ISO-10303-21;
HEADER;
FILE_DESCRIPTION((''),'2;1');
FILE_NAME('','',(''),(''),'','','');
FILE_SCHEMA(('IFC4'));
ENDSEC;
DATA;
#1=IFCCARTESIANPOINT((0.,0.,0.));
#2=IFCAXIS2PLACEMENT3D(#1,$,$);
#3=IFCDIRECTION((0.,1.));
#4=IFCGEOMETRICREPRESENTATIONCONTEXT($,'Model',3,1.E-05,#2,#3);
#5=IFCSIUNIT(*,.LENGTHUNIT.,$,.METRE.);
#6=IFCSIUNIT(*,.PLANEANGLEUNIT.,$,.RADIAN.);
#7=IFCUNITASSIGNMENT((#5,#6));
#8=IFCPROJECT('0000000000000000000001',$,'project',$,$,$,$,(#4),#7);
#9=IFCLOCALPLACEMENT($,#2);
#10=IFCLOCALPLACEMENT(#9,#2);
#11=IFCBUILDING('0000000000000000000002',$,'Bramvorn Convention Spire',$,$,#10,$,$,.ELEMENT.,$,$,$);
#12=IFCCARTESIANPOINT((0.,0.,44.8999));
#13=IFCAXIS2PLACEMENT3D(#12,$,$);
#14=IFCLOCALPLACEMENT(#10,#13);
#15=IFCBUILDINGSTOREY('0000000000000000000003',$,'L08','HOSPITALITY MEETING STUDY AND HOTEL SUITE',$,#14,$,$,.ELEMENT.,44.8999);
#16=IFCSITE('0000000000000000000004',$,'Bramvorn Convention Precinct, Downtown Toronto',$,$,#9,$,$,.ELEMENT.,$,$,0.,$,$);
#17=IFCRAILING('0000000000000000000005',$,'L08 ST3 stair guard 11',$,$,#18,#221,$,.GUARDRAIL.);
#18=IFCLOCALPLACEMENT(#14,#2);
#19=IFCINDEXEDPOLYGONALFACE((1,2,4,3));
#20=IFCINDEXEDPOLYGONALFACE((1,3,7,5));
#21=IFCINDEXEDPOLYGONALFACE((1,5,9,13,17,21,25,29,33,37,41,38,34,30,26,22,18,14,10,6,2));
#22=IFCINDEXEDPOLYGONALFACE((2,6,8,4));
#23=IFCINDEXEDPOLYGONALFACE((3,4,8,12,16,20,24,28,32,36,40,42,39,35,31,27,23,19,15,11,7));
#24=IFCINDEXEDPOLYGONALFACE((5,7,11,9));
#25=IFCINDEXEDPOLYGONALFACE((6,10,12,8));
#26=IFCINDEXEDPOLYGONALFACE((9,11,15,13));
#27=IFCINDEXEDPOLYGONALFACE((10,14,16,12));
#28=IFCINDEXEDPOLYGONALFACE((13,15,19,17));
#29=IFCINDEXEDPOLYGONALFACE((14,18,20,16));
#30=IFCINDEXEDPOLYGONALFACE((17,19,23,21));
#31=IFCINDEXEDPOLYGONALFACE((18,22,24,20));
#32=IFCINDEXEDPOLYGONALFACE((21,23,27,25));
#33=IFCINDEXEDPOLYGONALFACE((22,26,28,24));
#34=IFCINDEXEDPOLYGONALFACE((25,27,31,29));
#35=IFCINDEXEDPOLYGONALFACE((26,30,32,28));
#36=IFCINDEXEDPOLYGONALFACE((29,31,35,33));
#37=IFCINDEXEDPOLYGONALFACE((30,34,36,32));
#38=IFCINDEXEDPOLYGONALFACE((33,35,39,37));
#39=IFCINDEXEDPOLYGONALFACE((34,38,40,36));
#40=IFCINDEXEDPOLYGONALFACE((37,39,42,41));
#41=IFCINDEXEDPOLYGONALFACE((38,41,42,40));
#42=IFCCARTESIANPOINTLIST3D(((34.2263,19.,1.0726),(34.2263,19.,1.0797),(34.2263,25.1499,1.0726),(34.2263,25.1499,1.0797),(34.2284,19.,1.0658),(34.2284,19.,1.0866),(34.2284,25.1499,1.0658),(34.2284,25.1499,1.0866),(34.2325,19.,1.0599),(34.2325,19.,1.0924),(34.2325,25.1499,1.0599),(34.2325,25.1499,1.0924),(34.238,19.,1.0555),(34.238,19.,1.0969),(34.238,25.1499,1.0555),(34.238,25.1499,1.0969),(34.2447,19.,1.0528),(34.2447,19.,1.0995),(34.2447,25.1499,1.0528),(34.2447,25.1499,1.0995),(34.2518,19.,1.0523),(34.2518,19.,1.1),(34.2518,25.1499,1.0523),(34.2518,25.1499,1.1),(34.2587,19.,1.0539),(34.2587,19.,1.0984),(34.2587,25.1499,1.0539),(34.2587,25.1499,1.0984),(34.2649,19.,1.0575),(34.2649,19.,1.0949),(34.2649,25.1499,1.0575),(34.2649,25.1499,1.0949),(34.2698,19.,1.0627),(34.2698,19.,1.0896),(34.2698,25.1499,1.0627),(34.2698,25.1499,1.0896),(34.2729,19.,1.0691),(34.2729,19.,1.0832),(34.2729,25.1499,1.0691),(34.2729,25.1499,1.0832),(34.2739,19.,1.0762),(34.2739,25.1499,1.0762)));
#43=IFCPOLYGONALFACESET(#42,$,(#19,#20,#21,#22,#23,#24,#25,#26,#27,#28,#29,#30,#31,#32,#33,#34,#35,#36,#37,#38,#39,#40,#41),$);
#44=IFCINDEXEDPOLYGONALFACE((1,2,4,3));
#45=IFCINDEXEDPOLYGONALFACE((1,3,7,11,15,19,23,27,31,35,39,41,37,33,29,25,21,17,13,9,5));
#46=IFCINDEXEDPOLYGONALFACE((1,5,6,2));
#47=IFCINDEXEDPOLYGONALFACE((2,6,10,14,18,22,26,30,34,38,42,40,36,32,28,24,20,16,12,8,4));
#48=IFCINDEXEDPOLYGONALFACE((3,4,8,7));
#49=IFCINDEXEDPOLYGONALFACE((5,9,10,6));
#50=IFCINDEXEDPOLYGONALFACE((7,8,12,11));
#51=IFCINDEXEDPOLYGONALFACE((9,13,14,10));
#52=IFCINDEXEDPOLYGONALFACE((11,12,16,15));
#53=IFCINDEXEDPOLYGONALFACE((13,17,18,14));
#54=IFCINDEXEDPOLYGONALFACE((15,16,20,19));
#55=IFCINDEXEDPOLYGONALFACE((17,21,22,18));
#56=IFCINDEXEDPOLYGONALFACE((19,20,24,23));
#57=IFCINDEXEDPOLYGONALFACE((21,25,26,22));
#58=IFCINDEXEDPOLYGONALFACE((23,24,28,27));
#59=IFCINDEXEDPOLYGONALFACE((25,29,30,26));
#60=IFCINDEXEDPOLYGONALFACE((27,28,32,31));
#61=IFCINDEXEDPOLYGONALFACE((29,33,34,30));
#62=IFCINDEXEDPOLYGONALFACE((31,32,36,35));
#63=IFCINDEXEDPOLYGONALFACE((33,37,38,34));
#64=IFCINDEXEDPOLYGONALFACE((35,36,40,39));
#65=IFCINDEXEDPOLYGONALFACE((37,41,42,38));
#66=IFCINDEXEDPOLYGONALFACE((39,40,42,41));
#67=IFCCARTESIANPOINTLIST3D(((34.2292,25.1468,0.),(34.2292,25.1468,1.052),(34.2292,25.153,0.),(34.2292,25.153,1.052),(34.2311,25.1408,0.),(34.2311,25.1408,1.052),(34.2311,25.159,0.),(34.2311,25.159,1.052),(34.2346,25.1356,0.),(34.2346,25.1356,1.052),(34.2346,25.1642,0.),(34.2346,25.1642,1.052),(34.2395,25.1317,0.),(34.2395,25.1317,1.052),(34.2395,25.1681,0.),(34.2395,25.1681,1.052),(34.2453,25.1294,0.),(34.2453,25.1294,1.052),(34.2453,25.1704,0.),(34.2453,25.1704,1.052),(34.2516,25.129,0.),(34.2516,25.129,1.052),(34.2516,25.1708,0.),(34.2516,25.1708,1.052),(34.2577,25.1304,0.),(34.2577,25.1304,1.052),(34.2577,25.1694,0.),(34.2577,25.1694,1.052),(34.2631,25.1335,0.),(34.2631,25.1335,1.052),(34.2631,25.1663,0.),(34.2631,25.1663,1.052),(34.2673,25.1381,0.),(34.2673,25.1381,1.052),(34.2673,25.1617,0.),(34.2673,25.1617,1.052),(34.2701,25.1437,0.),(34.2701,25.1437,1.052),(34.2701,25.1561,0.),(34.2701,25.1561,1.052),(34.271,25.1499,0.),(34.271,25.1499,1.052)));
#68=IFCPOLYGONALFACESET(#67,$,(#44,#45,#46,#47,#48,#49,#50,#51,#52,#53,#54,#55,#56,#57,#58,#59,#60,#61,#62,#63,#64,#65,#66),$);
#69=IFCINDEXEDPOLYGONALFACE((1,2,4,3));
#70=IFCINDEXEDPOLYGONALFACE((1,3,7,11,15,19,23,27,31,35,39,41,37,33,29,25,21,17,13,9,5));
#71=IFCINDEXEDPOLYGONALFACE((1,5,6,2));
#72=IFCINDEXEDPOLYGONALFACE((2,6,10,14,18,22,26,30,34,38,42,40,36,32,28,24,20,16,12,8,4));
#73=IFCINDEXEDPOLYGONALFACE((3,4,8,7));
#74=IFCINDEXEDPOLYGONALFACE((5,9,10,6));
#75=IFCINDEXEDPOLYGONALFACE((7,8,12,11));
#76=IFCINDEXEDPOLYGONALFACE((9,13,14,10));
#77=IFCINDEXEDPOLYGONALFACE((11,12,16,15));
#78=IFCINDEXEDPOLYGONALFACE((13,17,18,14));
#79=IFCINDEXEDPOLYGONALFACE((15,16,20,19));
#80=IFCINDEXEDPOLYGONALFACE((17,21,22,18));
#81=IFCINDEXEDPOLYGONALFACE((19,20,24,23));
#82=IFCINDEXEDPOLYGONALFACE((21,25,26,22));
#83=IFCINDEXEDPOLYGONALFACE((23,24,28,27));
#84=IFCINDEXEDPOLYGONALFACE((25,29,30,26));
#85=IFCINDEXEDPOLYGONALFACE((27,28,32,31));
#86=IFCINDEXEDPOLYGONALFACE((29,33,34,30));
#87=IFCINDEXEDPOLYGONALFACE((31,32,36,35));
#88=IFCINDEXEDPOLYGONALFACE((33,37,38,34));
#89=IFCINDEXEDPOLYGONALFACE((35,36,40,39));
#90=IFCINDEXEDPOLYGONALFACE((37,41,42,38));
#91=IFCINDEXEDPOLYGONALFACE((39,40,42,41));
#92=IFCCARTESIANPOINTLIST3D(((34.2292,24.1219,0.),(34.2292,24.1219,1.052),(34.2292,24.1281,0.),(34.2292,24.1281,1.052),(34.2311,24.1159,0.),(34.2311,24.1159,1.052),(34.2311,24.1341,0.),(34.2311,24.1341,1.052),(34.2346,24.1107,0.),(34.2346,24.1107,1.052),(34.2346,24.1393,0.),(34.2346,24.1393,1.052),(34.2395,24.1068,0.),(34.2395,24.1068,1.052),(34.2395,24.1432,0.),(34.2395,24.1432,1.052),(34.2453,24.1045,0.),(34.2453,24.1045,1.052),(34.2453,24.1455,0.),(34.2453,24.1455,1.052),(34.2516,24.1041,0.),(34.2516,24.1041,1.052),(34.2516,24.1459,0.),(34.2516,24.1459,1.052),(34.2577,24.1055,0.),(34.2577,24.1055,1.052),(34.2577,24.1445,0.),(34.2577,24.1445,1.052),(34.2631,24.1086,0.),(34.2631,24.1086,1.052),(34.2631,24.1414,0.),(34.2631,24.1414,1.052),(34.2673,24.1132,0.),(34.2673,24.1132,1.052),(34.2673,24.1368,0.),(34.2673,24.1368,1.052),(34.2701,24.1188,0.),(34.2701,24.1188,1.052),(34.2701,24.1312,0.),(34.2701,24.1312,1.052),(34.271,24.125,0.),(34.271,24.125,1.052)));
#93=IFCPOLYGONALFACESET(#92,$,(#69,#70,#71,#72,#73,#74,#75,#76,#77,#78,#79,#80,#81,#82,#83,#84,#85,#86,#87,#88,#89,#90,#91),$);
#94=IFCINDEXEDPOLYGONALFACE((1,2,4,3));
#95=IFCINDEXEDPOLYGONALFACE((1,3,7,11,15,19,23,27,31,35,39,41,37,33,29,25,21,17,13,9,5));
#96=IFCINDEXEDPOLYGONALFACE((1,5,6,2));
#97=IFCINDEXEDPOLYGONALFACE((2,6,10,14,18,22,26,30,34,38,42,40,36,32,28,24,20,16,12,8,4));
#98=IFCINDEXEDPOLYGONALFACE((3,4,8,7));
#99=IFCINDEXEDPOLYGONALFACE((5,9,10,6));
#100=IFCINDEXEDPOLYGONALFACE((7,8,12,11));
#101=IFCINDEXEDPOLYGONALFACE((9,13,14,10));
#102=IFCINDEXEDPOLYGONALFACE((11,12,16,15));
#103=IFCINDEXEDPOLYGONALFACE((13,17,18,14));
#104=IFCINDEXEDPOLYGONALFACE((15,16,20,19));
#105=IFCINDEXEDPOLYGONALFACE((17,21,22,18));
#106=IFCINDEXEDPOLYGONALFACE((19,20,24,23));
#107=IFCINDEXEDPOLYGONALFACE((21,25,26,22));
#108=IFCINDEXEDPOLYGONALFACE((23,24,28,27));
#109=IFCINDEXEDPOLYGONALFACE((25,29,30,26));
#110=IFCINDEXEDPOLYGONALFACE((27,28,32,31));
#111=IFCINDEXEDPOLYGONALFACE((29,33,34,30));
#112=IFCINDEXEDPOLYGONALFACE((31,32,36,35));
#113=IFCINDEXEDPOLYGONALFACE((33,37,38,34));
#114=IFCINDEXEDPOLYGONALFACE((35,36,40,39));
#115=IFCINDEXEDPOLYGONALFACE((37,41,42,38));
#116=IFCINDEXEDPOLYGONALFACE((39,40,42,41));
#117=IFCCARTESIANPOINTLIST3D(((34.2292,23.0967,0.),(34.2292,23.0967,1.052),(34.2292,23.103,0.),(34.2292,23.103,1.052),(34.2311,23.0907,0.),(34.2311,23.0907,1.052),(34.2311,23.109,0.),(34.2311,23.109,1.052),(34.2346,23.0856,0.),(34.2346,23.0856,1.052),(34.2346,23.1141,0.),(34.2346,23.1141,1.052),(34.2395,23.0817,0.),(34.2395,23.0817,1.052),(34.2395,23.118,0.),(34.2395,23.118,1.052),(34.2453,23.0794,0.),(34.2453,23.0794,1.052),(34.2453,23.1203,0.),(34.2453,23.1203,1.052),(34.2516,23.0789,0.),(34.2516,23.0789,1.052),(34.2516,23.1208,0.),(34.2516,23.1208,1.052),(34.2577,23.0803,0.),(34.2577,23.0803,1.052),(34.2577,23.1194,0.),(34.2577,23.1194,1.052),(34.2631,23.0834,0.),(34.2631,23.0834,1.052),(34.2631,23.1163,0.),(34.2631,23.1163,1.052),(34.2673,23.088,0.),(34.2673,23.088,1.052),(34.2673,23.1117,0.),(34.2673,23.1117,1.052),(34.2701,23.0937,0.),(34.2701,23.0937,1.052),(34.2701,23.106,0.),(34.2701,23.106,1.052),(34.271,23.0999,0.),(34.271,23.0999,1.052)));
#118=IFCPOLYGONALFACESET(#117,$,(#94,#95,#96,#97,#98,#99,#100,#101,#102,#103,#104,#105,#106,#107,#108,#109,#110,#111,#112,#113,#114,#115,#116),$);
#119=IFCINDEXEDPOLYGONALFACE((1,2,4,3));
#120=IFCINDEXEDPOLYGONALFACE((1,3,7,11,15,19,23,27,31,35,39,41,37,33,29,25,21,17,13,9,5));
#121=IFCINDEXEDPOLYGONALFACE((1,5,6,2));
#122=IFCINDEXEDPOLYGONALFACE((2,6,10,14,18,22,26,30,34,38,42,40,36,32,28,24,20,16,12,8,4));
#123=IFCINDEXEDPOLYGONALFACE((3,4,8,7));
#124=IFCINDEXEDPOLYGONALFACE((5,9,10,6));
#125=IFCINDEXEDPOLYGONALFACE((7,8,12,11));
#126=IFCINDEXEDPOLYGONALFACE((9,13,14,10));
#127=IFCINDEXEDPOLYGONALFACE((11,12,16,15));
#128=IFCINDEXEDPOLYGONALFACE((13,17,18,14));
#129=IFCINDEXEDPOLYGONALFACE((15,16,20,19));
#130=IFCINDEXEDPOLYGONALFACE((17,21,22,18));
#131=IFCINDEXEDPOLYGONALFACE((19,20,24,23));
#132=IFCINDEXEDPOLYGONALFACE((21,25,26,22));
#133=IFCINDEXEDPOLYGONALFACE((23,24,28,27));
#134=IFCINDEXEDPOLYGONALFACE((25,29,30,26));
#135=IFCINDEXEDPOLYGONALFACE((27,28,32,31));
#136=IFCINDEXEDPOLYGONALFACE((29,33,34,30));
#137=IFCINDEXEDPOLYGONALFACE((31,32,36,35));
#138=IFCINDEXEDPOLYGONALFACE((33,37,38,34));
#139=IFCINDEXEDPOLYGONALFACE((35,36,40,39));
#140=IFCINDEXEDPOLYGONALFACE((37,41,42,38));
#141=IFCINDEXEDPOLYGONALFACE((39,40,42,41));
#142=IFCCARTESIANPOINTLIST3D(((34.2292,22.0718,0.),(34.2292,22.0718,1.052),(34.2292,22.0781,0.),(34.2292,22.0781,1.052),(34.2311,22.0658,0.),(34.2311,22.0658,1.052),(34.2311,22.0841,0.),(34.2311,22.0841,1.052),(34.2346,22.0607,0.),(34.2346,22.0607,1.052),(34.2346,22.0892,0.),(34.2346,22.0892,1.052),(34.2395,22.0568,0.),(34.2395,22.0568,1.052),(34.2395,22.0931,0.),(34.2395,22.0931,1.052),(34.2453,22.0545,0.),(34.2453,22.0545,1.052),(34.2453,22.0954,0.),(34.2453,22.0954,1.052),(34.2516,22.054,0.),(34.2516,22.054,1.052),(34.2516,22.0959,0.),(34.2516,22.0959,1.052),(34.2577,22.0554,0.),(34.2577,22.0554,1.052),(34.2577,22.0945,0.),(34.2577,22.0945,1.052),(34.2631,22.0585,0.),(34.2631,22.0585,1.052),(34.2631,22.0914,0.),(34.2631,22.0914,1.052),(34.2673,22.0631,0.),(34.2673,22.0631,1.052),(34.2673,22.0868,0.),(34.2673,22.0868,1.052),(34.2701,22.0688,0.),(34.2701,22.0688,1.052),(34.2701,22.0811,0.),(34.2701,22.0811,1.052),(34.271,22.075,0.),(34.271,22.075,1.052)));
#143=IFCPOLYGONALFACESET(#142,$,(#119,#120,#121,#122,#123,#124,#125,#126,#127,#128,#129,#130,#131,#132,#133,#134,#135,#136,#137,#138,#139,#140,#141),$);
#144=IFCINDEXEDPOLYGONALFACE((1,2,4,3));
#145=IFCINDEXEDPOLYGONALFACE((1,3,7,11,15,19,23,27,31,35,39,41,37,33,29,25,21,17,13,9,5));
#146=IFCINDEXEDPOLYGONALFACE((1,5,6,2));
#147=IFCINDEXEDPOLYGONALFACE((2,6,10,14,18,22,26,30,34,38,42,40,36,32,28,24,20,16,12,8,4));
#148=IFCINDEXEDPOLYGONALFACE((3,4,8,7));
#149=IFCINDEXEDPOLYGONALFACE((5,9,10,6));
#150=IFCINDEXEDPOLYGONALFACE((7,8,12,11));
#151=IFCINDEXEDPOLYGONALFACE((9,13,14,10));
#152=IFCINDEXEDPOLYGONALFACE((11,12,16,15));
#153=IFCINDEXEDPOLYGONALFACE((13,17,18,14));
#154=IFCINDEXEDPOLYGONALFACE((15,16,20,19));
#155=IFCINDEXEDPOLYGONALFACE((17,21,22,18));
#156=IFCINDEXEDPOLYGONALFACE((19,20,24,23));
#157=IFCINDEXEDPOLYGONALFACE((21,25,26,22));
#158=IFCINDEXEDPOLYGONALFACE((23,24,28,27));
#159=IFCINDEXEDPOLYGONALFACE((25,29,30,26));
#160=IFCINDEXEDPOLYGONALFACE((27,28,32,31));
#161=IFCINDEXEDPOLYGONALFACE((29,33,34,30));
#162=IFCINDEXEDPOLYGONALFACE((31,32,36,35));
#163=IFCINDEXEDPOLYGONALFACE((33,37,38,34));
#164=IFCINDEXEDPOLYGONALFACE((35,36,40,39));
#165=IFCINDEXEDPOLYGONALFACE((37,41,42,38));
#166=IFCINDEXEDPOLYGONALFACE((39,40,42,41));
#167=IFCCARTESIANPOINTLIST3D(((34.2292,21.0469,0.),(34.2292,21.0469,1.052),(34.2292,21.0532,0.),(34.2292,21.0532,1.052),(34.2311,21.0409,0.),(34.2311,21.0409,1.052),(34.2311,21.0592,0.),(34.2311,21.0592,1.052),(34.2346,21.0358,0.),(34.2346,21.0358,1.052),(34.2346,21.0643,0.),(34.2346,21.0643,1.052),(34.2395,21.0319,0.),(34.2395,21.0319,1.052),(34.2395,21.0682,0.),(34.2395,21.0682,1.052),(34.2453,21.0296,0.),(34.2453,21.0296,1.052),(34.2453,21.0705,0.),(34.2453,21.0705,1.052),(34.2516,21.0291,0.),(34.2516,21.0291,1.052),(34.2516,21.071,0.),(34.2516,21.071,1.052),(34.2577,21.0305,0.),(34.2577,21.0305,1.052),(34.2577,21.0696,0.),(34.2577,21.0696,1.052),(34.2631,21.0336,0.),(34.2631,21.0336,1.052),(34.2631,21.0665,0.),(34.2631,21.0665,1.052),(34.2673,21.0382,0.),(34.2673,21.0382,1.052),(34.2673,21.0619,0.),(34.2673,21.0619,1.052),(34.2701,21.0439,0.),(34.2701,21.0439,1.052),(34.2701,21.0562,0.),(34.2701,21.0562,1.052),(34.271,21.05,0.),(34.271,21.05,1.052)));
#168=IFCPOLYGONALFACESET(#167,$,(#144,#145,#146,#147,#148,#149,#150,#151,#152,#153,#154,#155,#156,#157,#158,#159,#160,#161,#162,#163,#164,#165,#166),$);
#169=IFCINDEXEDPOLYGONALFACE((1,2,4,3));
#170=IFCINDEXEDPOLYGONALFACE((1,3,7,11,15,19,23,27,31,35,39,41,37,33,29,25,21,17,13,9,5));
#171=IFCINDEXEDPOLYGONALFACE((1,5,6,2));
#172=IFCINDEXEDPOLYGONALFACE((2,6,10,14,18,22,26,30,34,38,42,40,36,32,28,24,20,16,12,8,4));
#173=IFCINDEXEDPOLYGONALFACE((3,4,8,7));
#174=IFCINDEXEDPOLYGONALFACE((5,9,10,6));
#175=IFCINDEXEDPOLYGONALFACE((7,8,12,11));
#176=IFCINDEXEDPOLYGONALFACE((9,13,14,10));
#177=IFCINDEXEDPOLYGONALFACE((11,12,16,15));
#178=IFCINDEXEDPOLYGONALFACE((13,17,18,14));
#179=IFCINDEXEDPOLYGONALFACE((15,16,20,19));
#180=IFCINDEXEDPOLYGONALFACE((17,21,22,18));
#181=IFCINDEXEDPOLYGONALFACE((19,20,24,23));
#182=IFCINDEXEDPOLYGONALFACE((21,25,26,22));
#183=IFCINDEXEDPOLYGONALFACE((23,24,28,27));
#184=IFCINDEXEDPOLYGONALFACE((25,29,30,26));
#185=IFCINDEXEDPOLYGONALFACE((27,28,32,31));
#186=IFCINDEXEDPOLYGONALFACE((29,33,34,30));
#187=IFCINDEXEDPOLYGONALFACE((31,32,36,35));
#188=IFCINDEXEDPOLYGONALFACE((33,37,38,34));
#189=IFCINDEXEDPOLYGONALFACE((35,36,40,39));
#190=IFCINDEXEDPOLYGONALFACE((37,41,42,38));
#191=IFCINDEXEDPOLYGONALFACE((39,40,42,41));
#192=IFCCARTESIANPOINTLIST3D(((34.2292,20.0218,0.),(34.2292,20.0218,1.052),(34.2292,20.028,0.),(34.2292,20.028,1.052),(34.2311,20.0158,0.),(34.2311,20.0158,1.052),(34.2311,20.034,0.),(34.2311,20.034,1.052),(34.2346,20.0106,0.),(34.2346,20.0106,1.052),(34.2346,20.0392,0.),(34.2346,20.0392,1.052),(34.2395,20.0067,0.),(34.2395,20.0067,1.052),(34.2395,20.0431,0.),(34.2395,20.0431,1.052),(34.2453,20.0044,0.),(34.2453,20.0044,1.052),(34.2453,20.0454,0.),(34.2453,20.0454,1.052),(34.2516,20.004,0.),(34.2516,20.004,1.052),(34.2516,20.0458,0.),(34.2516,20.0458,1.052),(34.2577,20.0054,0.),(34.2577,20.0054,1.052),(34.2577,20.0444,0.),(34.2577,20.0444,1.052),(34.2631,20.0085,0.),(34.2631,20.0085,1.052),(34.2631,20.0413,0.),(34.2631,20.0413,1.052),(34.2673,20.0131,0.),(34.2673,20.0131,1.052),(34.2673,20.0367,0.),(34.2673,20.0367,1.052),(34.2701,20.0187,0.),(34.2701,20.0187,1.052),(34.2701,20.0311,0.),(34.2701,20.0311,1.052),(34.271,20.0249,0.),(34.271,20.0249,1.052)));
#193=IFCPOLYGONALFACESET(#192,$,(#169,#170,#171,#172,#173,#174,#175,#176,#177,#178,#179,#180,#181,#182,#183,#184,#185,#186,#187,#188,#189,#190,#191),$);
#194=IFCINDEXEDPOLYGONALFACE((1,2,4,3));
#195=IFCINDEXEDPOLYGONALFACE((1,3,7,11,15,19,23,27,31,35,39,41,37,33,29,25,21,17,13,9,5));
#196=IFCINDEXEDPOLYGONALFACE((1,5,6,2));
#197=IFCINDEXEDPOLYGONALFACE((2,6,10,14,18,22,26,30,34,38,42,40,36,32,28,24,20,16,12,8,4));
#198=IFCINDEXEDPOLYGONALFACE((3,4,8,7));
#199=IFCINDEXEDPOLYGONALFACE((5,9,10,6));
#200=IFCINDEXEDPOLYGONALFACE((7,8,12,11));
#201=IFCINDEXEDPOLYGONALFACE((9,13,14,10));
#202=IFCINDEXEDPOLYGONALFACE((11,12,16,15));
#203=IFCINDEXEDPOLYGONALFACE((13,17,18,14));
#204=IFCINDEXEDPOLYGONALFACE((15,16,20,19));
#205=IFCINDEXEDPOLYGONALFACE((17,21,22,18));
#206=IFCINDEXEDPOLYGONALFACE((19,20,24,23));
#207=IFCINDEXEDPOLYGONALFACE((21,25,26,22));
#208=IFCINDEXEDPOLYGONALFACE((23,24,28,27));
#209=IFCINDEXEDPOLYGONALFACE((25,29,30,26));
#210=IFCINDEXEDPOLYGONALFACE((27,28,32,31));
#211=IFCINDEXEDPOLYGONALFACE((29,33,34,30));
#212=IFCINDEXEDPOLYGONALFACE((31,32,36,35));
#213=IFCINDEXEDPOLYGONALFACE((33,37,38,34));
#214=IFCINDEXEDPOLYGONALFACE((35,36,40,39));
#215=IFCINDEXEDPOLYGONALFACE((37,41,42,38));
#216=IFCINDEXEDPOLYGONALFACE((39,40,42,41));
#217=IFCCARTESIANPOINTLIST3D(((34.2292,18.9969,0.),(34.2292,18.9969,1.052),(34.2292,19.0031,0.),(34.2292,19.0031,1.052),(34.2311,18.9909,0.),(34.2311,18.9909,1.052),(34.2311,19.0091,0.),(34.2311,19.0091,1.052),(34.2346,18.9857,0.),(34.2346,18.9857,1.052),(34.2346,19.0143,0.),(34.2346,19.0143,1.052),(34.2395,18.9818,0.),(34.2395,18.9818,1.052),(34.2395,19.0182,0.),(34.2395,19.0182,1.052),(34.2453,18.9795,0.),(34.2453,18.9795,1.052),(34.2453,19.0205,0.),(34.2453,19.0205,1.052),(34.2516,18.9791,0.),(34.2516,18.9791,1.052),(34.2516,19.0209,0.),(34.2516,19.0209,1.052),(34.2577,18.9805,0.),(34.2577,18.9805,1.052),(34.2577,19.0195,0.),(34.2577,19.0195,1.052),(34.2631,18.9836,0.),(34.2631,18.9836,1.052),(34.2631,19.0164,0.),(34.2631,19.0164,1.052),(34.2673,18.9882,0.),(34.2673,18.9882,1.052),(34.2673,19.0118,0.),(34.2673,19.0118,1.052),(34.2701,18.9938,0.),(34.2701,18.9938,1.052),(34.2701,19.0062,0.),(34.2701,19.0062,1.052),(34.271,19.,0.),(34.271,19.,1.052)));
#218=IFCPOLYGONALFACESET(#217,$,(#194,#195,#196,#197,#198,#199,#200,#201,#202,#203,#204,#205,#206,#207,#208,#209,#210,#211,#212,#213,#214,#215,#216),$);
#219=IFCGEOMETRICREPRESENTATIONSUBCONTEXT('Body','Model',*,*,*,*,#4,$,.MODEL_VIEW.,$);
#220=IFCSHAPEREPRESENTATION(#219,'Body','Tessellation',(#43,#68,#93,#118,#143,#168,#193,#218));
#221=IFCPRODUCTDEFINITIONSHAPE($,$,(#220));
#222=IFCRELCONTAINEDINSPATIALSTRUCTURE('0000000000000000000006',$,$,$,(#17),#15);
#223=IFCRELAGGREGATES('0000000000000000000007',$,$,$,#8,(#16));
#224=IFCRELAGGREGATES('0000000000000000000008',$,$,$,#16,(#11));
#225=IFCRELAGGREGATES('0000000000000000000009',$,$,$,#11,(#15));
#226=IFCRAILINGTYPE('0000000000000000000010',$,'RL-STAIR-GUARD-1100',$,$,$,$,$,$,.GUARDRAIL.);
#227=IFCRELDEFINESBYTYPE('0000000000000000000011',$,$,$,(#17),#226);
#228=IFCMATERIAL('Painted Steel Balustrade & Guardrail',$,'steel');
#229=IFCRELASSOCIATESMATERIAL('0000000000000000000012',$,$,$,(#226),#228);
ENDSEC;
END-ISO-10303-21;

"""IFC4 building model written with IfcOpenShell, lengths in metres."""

from ifc_helpers import new_model, si_unit, direction, frame, origin, origin_2d, place, context, subcontext, project, spatial, circle, extrude, material, type_object, element, save


model = new_model("IFC4")

# Units and contexts
model_context = context("Model", 3, precision=1e-05, world=origin(), true_north=direction((0.0, 1.0)))
body_context = subcontext(model_context, "Body", "Model", "MODEL_VIEW")
ifc_project = project(units=[si_unit("LENGTHUNIT", "METRE"), si_unit("PLANEANGLEUNIT", "RADIAN")], contexts=[model_context])

# Site, building, storey
site_placement = place(None, origin())
site = spatial("IfcSite", under=ifc_project, at=site_placement, Name="Bramvorn Convention Precinct, Downtown Toronto", CompositionType="ELEMENT", RefElevation=0.0)
building_placement = place(site_placement, origin())
building = spatial("IfcBuilding", under=site, at=building_placement, Name="Bramvorn Convention Spire", CompositionType="ELEMENT")
storey_placement = place(building_placement, frame((0.0, 0.0, 44.8999)))
storey = spatial("IfcBuildingStorey", under=building, at=storey_placement, Name="L08", Description="HOSPITALITY MEETING STUDY AND HOTEL SUITE", CompositionType="ELEMENT", Elevation=44.8999)

# Railing
ifc_material_1 = material(Name="Painted Steel Balustrade & Guardrail", Category="steel")
railing_type_1 = type_object("IfcRailingType", Name="RL-STAIR-GUARD-1100", PredefinedType="GUARDRAIL", material=ifc_material_1)
railing_1_placement = place(storey_placement, frame((34.25, 25.1499, 0.0)))
element("IfcRailing", 1, at=railing_1_placement, inside=storey, type_object=railing_type_1, Name="L08 ST3 stair guard 11", PredefinedType="GUARDRAIL", context=body_context, shape_type="SweptSolid", body=[
    extrude(circle(Radius=0.0239, at=origin_2d()), frame((0.0, 0.0, 1.0762), z_axis=(0.0, -1.0, 0.0), x_axis=(1.0, 0.0, 0.0)), (0.0, 0.0, 1.0), 6.1499),
    extrude(circle(Radius=0.021, at=origin_2d()), origin(), (0.0, 0.0, 1.0), 1.052),
    extrude(circle(Radius=0.021, at=origin_2d()), frame((0.0, -1.0249, 0.0)), (0.0, 0.0, 1.0), 1.052),
    extrude(circle(Radius=0.021, at=origin_2d()), frame((0.0, -2.05, 0.0)), (0.0, 0.0, 1.0), 1.052),
    extrude(circle(Radius=0.021, at=origin_2d()), frame((0.0, -3.075, 0.0)), (0.0, 0.0, 1.0), 1.052),
    extrude(circle(Radius=0.021, at=origin_2d()), frame((0.0, -4.0999, 0.0)), (0.0, 0.0, 1.0), 1.052),
    extrude(circle(Radius=0.021, at=origin_2d()), frame((0.0, -5.125, 0.0)), (0.0, 0.0, 1.0), 1.052),
    extrude(circle(Radius=0.021, at=origin_2d()), frame((0.0, -6.1499, 0.0)), (0.0, 0.0, 1.0), 1.052),
])

save(model, "model.ifc")
